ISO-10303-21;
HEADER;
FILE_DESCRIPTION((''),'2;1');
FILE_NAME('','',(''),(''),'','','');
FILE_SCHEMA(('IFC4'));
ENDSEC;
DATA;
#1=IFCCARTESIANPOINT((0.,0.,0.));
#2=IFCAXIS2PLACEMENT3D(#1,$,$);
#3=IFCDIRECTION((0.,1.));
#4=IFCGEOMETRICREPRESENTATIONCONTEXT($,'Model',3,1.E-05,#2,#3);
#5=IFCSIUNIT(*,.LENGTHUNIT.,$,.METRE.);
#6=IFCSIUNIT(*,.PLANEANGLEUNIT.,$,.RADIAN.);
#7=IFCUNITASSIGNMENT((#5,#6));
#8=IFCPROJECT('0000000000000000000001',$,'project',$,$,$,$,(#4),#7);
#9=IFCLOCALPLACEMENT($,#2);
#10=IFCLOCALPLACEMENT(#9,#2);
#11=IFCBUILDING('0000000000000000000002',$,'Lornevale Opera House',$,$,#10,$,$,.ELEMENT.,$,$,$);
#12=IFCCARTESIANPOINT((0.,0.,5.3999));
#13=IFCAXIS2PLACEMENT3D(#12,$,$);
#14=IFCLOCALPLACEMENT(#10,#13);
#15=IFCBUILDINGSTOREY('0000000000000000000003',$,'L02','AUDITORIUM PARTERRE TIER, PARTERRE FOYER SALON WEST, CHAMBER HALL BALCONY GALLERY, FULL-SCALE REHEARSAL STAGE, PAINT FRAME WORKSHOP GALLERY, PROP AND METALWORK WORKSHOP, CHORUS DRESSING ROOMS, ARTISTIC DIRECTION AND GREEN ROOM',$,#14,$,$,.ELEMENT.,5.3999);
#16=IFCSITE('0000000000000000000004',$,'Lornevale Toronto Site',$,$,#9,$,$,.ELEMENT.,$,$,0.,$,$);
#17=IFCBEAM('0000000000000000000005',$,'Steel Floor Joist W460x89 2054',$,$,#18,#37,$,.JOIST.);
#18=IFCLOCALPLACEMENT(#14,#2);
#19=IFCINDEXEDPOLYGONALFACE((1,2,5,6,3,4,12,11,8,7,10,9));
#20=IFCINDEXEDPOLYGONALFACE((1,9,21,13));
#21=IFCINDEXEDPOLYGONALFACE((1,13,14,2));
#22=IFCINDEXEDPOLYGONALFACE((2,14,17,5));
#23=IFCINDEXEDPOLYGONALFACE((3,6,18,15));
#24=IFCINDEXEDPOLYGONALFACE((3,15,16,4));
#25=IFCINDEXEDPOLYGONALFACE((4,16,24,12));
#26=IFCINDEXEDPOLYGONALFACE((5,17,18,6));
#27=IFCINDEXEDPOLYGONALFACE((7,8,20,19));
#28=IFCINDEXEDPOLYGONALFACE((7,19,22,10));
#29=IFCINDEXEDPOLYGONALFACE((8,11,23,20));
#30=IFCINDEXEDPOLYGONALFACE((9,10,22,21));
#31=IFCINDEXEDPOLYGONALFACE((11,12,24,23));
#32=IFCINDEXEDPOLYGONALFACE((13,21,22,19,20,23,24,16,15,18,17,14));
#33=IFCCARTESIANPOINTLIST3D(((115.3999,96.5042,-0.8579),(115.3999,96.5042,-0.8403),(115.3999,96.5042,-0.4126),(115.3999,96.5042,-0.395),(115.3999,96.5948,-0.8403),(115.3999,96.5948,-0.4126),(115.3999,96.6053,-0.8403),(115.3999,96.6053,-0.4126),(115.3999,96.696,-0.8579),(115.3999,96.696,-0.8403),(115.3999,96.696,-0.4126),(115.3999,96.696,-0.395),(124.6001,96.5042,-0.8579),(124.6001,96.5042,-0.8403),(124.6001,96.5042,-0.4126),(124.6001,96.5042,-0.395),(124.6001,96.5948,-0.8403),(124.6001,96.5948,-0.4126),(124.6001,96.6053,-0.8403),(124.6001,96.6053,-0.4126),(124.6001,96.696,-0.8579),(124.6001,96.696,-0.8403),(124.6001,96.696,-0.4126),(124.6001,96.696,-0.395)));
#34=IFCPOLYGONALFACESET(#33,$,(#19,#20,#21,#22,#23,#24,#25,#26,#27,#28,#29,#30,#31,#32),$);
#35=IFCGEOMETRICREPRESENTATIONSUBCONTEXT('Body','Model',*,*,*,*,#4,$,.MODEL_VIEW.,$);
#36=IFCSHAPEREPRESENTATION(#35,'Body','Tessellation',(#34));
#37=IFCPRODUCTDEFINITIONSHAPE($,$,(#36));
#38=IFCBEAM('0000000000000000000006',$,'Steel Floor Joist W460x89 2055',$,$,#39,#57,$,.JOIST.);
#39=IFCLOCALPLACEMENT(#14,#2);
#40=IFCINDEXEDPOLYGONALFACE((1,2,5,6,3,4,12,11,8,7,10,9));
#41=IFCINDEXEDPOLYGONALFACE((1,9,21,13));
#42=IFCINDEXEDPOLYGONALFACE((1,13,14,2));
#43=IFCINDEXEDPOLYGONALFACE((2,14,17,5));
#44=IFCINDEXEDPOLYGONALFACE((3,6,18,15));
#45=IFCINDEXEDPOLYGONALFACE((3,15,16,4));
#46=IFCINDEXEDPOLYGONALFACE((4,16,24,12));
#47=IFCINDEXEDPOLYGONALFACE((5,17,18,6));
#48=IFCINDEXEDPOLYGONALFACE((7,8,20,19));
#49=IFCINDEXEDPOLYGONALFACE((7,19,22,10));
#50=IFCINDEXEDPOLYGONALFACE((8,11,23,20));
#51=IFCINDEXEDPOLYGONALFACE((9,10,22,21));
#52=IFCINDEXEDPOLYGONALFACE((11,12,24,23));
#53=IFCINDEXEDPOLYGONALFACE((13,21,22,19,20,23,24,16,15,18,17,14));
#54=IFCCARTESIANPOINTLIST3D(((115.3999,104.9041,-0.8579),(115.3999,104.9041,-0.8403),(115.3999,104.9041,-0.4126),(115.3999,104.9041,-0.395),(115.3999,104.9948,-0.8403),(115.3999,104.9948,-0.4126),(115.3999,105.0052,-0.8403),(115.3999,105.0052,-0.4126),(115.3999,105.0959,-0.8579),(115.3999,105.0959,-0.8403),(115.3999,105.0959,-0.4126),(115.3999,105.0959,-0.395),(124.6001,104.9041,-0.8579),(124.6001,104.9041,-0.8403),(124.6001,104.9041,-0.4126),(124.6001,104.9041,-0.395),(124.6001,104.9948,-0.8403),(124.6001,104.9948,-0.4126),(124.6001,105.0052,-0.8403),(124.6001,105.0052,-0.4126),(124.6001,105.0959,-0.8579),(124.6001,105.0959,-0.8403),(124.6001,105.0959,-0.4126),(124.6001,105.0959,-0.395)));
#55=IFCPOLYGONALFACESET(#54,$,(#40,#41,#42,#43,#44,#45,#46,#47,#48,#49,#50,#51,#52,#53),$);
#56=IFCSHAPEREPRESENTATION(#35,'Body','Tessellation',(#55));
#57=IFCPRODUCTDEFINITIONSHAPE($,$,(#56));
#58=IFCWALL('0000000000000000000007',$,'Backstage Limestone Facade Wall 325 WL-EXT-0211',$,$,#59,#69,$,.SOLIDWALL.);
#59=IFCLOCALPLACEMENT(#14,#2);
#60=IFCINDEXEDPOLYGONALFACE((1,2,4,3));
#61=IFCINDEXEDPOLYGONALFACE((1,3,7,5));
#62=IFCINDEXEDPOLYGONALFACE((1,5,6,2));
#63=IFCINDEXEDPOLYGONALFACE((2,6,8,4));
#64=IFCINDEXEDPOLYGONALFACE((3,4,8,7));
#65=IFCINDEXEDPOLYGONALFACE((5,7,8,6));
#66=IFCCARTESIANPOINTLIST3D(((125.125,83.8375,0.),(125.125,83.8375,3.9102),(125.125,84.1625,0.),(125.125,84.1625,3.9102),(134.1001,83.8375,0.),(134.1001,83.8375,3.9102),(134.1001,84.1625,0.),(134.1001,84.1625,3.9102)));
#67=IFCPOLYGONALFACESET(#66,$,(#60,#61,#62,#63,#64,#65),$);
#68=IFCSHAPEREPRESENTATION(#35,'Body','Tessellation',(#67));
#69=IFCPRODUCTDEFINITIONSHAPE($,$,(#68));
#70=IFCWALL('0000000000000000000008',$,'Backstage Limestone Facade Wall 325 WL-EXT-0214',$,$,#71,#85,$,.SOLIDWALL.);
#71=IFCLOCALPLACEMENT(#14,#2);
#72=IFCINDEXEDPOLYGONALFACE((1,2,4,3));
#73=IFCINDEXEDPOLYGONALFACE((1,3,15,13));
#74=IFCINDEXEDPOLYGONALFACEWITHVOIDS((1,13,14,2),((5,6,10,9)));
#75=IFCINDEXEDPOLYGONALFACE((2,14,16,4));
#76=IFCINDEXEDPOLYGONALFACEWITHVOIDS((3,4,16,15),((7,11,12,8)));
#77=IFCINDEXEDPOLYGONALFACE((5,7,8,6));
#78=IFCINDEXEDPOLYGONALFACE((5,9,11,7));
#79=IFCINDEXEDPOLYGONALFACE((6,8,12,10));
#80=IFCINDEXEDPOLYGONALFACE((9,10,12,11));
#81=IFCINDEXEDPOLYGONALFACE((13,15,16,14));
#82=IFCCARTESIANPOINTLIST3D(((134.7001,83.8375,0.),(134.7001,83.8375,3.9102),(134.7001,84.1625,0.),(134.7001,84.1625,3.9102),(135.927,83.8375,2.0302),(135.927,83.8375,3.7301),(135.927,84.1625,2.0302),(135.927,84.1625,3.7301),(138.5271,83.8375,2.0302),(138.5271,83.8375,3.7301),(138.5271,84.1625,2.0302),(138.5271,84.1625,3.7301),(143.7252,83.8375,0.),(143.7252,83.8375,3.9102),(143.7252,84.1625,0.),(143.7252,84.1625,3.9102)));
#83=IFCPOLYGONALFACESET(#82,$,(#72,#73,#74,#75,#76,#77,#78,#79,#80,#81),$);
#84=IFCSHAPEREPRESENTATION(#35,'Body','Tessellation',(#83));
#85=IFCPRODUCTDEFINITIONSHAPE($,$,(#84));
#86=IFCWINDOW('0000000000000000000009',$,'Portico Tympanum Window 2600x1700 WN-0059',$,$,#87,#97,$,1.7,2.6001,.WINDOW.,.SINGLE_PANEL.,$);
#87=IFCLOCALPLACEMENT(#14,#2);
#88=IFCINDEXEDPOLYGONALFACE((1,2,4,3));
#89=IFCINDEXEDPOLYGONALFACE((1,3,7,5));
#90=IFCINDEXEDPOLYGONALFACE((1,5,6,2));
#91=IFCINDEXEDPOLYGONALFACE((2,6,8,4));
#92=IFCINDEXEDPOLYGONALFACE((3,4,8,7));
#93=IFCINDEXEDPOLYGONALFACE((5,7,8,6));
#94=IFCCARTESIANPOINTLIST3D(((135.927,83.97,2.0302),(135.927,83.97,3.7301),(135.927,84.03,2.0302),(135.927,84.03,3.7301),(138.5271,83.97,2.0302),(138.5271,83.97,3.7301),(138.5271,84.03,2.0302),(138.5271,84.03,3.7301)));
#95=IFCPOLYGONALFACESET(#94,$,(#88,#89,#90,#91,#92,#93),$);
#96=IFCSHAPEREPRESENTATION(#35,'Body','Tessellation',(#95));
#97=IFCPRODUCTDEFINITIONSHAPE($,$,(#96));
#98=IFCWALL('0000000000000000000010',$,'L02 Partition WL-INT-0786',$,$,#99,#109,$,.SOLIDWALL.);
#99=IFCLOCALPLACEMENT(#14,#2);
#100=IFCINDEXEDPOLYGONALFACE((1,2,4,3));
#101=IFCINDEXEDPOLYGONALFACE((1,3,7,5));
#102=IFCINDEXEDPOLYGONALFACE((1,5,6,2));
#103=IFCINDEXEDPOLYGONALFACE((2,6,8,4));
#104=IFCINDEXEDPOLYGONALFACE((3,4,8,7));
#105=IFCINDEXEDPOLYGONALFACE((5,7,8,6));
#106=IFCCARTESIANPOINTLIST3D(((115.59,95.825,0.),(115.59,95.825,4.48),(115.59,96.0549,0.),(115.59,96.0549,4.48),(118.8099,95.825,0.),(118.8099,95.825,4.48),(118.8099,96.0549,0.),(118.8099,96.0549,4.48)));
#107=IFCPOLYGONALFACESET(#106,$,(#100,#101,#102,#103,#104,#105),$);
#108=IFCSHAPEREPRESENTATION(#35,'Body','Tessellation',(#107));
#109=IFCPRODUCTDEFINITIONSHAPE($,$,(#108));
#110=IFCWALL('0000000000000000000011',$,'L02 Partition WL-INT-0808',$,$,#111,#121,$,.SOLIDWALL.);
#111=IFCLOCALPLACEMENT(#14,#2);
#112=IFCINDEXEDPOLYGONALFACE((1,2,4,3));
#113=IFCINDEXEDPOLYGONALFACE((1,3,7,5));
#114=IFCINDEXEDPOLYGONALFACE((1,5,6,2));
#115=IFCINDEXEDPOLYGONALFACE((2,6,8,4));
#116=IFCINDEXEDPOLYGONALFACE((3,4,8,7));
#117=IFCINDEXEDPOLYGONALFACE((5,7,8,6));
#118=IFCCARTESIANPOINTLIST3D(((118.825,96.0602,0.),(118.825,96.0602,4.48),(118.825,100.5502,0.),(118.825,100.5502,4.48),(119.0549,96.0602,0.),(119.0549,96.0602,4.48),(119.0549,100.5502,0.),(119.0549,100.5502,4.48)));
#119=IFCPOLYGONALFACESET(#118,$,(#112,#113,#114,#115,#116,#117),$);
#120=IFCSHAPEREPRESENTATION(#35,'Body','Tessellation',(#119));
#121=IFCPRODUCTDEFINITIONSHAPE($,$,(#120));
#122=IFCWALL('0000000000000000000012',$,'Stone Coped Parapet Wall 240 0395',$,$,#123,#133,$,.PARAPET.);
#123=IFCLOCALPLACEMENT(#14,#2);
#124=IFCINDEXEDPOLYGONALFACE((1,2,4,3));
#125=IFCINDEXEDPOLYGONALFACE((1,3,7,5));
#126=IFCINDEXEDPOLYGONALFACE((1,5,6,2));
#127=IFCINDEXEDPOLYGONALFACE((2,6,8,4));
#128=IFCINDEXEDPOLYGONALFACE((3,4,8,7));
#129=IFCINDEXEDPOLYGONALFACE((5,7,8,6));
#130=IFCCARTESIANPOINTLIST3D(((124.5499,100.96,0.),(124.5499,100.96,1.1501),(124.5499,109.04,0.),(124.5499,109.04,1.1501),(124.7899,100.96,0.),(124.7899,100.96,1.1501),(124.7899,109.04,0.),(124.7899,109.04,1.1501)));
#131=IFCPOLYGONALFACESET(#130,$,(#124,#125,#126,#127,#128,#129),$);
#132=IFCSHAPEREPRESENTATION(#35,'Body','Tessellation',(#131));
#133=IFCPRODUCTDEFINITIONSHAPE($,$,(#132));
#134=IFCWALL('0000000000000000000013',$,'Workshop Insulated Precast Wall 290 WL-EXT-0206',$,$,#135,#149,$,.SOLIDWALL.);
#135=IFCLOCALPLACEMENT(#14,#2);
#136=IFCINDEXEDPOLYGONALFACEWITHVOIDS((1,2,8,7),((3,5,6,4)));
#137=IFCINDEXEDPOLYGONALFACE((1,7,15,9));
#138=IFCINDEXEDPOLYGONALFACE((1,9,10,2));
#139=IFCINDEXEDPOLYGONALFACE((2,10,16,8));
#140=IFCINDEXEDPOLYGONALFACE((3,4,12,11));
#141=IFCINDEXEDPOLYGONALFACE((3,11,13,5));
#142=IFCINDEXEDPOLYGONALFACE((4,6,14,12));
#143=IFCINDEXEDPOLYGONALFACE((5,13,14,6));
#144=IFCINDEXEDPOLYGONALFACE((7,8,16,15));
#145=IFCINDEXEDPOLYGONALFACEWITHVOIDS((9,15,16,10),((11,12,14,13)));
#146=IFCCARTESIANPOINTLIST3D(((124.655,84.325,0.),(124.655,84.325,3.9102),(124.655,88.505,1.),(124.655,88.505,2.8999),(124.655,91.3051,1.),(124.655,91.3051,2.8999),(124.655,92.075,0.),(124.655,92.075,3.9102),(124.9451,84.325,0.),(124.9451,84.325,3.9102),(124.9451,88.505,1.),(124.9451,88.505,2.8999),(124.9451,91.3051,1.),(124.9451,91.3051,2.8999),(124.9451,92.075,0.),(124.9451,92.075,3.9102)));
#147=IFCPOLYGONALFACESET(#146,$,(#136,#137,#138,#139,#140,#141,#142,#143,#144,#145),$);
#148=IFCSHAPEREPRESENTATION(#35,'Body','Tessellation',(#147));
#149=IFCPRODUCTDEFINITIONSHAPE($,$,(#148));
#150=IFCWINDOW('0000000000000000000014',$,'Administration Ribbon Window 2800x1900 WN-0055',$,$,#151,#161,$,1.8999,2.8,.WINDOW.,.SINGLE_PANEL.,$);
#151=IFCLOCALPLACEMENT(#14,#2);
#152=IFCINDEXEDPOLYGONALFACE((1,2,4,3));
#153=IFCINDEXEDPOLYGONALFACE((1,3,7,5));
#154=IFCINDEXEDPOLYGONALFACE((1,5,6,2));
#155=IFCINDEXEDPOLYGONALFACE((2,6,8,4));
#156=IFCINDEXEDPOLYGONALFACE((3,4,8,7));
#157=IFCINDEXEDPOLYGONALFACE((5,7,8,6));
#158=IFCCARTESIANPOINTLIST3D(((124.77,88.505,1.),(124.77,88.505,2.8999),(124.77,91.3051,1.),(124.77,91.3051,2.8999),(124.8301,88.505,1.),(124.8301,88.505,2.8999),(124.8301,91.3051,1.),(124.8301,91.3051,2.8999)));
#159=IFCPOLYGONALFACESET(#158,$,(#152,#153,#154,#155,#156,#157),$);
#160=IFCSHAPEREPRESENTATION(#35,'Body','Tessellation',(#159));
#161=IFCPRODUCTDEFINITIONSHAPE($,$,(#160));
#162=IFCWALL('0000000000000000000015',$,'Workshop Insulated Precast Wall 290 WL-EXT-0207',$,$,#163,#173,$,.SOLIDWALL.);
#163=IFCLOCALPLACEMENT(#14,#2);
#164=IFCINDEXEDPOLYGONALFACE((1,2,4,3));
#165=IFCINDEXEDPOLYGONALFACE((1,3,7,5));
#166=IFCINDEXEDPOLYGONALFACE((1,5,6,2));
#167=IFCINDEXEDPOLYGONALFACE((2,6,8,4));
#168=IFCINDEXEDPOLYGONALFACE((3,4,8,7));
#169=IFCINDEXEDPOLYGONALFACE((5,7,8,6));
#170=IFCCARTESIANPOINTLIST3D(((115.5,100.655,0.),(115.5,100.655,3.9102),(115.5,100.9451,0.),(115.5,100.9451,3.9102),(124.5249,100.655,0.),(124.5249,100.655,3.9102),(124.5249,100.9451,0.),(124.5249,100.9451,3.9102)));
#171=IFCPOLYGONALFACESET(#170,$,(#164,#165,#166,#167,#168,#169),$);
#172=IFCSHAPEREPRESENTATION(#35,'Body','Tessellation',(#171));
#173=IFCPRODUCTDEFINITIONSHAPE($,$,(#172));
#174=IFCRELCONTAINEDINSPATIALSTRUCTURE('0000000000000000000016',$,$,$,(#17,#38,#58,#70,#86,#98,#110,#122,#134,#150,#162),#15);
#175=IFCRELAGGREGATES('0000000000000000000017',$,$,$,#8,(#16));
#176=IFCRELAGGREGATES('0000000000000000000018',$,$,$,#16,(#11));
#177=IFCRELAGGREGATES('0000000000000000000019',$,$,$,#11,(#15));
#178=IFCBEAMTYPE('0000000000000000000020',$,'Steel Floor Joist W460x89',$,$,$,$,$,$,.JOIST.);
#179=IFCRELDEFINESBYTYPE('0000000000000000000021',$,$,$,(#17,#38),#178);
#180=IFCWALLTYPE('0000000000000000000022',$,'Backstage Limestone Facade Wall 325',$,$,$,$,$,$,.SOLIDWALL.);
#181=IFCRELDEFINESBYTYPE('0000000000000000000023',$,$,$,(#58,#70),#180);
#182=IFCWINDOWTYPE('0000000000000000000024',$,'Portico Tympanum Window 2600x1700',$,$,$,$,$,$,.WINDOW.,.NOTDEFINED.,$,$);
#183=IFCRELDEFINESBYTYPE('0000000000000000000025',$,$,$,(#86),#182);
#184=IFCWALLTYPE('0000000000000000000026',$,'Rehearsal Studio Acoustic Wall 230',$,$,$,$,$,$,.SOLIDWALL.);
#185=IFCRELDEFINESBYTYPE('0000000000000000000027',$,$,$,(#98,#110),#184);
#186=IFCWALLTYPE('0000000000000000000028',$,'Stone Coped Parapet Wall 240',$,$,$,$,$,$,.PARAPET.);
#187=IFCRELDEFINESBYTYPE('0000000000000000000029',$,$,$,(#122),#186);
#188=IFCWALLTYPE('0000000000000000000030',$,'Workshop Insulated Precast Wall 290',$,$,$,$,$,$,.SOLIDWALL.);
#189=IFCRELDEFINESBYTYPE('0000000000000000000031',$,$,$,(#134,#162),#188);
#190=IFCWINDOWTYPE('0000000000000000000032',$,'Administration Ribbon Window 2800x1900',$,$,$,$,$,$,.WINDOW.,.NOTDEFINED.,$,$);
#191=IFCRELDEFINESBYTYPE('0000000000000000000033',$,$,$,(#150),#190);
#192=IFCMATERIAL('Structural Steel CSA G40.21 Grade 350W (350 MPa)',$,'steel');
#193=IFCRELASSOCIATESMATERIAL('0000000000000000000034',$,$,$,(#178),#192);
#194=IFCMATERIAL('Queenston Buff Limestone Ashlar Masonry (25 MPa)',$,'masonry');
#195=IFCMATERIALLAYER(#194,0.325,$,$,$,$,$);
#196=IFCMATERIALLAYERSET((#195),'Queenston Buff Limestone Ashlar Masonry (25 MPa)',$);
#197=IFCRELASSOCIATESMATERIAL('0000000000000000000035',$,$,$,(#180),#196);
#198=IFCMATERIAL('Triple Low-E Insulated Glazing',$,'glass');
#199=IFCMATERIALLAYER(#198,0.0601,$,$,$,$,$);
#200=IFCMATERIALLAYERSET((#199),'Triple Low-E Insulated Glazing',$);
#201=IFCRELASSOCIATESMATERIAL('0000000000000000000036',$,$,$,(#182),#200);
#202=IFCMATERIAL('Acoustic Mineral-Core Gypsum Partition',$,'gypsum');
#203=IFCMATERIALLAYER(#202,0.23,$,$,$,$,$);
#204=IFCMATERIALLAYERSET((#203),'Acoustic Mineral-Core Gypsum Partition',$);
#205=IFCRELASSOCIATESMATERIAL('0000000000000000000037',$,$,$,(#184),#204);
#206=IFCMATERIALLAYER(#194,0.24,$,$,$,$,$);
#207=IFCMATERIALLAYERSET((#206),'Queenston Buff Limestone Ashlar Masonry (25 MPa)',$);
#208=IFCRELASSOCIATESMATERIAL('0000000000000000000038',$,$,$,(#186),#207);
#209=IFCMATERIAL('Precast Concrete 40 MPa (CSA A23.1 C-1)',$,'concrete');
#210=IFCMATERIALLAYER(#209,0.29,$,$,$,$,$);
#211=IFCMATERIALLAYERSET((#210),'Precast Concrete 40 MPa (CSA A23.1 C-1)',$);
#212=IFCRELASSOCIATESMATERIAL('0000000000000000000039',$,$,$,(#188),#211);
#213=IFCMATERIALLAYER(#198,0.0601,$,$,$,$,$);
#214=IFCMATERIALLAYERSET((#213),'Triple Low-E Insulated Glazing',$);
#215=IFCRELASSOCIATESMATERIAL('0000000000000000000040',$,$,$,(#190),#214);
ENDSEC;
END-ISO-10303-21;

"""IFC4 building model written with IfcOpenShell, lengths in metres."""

from ifc_helpers import new_model, si_unit, direction, frame, frame_2d, origin, origin_2d, place, context, subcontext, project, spatial, rectangle, i_section, extrude, material, layer, layer_set, material_profile, profile_set, type_object, element, fill, save


model = new_model("IFC4")

# Units and contexts
model_context = context("Model", 3, precision=1e-05, world=origin(), true_north=direction((0.0, 1.0)))
body_context = subcontext(model_context, "Body", "Model", "MODEL_VIEW")
ifc_project = project(units=[si_unit("LENGTHUNIT", "METRE"), si_unit("PLANEANGLEUNIT", "RADIAN")], contexts=[model_context])

# Site, building, storey
site_placement = place(None, origin())
site = spatial("IfcSite", under=ifc_project, at=site_placement, Name="Lornevale Toronto Site", CompositionType="ELEMENT", RefElevation=0.0)
building_placement = place(site_placement, origin())
building = spatial("IfcBuilding", under=site, at=building_placement, Name="Lornevale Opera House", CompositionType="ELEMENT")
storey_placement = place(building_placement, frame((0.0, 0.0, 5.3999)))
storey = spatial("IfcBuildingStorey", under=building, at=storey_placement, Name="L02", Description="AUDITORIUM PARTERRE TIER, PARTERRE FOYER SALON WEST, CHAMBER HALL BALCONY GALLERY, FULL-SCALE REHEARSAL STAGE, PAINT FRAME WORKSHOP GALLERY, PROP AND METALWORK WORKSHOP, CHORUS DRESSING ROOMS, ARTISTIC DIRECTION AND GREEN ROOM", CompositionType="ELEMENT", Elevation=5.3999)

# Beams
ifc_material_1 = material(Name="Structural Steel CSA G40.21 Grade 350W (350 MPa)", Category="steel")
ifc_material_profile_1 = material_profile(ifc_material_1, i_section(OverallWidth=0.1919, OverallDepth=0.4629, WebThickness=0.0105, FlangeThickness=0.0176, at=origin_2d()), Name="W460x89")
ifc_profile_set_1 = profile_set([ifc_material_profile_1], Name="Structural Steel CSA G40.21 Grade 350W (350 MPa)")
beam_type_1 = type_object("IfcBeamType", Name="Steel Floor Joist W460x89", PredefinedType="JOIST", material=ifc_profile_set_1)
for number, where, z_axis, x_axis, name in (
    (1, (115.3999, 96.6001, -0.6265), (1.0, 0.0, 0.0), (0.0, 1.0, 0.0), "Steel Floor Joist W460x89 2054"),
    (2, (115.3999, 105.0, -0.6265), (1.0, 0.0, 0.0), (0.0, 1.0, 0.0), "Steel Floor Joist W460x89 2055"),
):
    element("IfcBeam", number, at=place(storey_placement, frame(where, z_axis=z_axis, x_axis=x_axis)), inside=storey, type_object=beam_type_1, Name=name, PredefinedType="JOIST", context=body_context, shape_type="SweptSolid", body=[
        extrude(i_section(OverallWidth=0.1919, OverallDepth=0.4629, WebThickness=0.0105, FlangeThickness=0.0176, at=origin_2d()), origin(), (0.0, 0.0, 1.0), 9.2002),
    ])

# Wall
ifc_material_2 = material(Name="Queenston Buff Limestone Ashlar Masonry (25 MPa)", Category="masonry")
ifc_layer_1 = layer(ifc_material_2, 0.325)
ifc_layer_set_1 = layer_set([ifc_layer_1], Name="Queenston Buff Limestone Ashlar Masonry (25 MPa)")
wall_type_1 = type_object("IfcWallType", Name="Backstage Limestone Facade Wall 325", PredefinedType="SOLIDWALL", material=ifc_layer_set_1)
wall_1_placement = place(storey_placement, frame((125.125, 84.0, 0.0), z_axis=(0.0, 0.0, 1.0), x_axis=(1.0, 0.0, 0.0)))
element("IfcWall", 3, at=wall_1_placement, inside=storey, type_object=wall_type_1, Name="Backstage Limestone Facade Wall 325 WL-EXT-0211", PredefinedType="SOLIDWALL", context=body_context, shape_type="SweptSolid", body=[
    extrude(rectangle(XDim=8.9751, YDim=0.325, at=frame_2d((4.4875, 0.0))), origin(), (0.0, 0.0, 1.0), 3.9102),
])

# Wall, opening, window
wall_2_placement = place(storey_placement, frame((134.7, 84.0, 0.0), z_axis=(0.0, 0.0, 1.0), x_axis=(1.0, 0.0, 0.0)))
wall_2 = element("IfcWall", 4, at=wall_2_placement, inside=storey, type_object=wall_type_1, Name="Backstage Limestone Facade Wall 325 WL-EXT-0214", PredefinedType="SOLIDWALL", context=body_context, shape_type="SweptSolid", body=[
    extrude(rectangle(XDim=9.0251, YDim=0.325, at=frame_2d((4.5127, 0.0))), origin(), (0.0, 0.0, 1.0), 3.9102),
])
opening_1_placement = place(wall_2_placement, frame((1.2271, 0.0, 2.03)))
opening_1 = element("IfcOpeningElement", 5, at=opening_1_placement, cuts=wall_2, PredefinedType="OPENING", context=body_context, shape_type="SweptSolid", body=[
    extrude(rectangle(XDim=2.6001, YDim=1.7, at=frame_2d((1.3, 0.8501))), frame((0.0, 0.1724, 0.0), z_axis=(0.0, -1.0, 0.0), x_axis=(1.0, 0.0, 0.0)), (0.0, 0.0, 1.0), 0.345),
])
ifc_material_3 = material(Name="Triple Low-E Insulated Glazing", Category="glass")
ifc_layer_2 = layer(ifc_material_3, 0.0601)
ifc_layer_set_2 = layer_set([ifc_layer_2], Name="Triple Low-E Insulated Glazing")
window_type_1 = type_object("IfcWindowType", Name="Portico Tympanum Window 2600x1700", PartitioningType="NOTDEFINED", PredefinedType="WINDOW", material=ifc_layer_set_2)
window_1_placement = place(opening_1_placement, origin())
window_1 = element("IfcWindow", 6, at=window_1_placement, inside=storey, type_object=window_type_1, Name="Portico Tympanum Window 2600x1700 WN-0059", OverallHeight=1.7, OverallWidth=2.6001, PartitioningType="SINGLE_PANEL", PredefinedType="WINDOW", context=body_context, shape_type="SweptSolid", body=[
    extrude(rectangle(XDim=2.6001, YDim=1.7, at=frame_2d((1.3, 0.8501))), frame((0.0, 0.03, 0.0), z_axis=(0.0, -1.0, 0.0), x_axis=(1.0, 0.0, 0.0)), (0.0, 0.0, 1.0), 0.0601),
])
fill(opening_1, window_1)

# Walls
ifc_material_4 = material(Name="Acoustic Mineral-Core Gypsum Partition", Category="gypsum")
ifc_layer_3 = layer(ifc_material_4, 0.23)
ifc_layer_set_3 = layer_set([ifc_layer_3], Name="Acoustic Mineral-Core Gypsum Partition")
wall_type_2 = type_object("IfcWallType", Name="Rehearsal Studio Acoustic Wall 230", PredefinedType="SOLIDWALL", material=ifc_layer_set_3)
wall_3_placement = place(storey_placement, frame((115.5901, 95.9399, 0.0), z_axis=(0.0, 0.0, 1.0), x_axis=(1.0, 0.0, 0.0)))
element("IfcWall", 7, at=wall_3_placement, inside=storey, type_object=wall_type_2, Name="L02 Partition WL-INT-0786", PredefinedType="SOLIDWALL", context=body_context, shape_type="SweptSolid", body=[
    extrude(rectangle(XDim=3.22, YDim=0.23, at=frame_2d((1.6099, 0.0))), origin(), (0.0, 0.0, 1.0), 4.48),
])
wall_4_placement = place(storey_placement, frame((118.9399, 96.0601, 0.0), z_axis=(0.0, 0.0, 1.0), x_axis=(0.0, 1.0, 0.0)))
element("IfcWall", 8, at=wall_4_placement, inside=storey, type_object=wall_type_2, Name="L02 Partition WL-INT-0808", PredefinedType="SOLIDWALL", context=body_context, shape_type="SweptSolid", body=[
    extrude(rectangle(XDim=4.49, YDim=0.23, at=frame_2d((2.2451, 0.0))), origin(), (0.0, 0.0, 1.0), 4.48),
])
ifc_layer_4 = layer(ifc_material_2, 0.24)
ifc_layer_set_4 = layer_set([ifc_layer_4], Name="Queenston Buff Limestone Ashlar Masonry (25 MPa)")
wall_type_3 = type_object("IfcWallType", Name="Stone Coped Parapet Wall 240", PredefinedType="PARAPET", material=ifc_layer_set_4)
wall_5_placement = place(storey_placement, frame((124.6699, 109.04, 0.0), z_axis=(0.0, 0.0, 1.0), x_axis=(0.0, -1.0, 0.0)))
element("IfcWall", 9, at=wall_5_placement, inside=storey, type_object=wall_type_3, Name="Stone Coped Parapet Wall 240 0395", PredefinedType="PARAPET", context=body_context, shape_type="SweptSolid", body=[
    extrude(rectangle(XDim=8.0801, YDim=0.24, at=frame_2d((4.04, 0.0))), origin(), (0.0, 0.0, 1.0), 1.1501),
])

# Wall, opening, window
ifc_material_5 = material(Name="Precast Concrete 40 MPa (CSA A23.1 C-1)", Category="concrete")
ifc_layer_5 = layer(ifc_material_5, 0.29)
ifc_layer_set_5 = layer_set([ifc_layer_5], Name="Precast Concrete 40 MPa (CSA A23.1 C-1)")
wall_type_4 = type_object("IfcWallType", Name="Workshop Insulated Precast Wall 290", PredefinedType="SOLIDWALL", material=ifc_layer_set_5)
wall_6_placement = place(storey_placement, frame((124.8, 92.075, 0.0), z_axis=(0.0, 0.0, 1.0), x_axis=(0.0, -1.0, 0.0)))
wall_6 = element("IfcWall", 10, at=wall_6_placement, inside=storey, type_object=wall_type_4, Name="Workshop Insulated Precast Wall 290 WL-EXT-0206", PredefinedType="SOLIDWALL", context=body_context, shape_type="SweptSolid", body=[
    extrude(rectangle(XDim=7.75, YDim=0.29, at=frame_2d((3.875, 0.0))), origin(), (0.0, 0.0, 1.0), 3.9102),
])
opening_2_placement = place(wall_6_placement, frame((0.77, 0.0, 1.0)))
opening_2 = element("IfcOpeningElement", 11, at=opening_2_placement, cuts=wall_6, PredefinedType="OPENING", context=body_context, shape_type="SweptSolid", body=[
    extrude(rectangle(XDim=2.8, YDim=1.8999, at=frame_2d((1.3999, 0.95))), frame((0.0, 0.155, 0.0), z_axis=(0.0, -1.0, 0.0), x_axis=(1.0, 0.0, 0.0)), (0.0, 0.0, 1.0), 0.3101),
])
ifc_layer_6 = layer(ifc_material_3, 0.0601)
ifc_layer_set_6 = layer_set([ifc_layer_6], Name="Triple Low-E Insulated Glazing")
window_type_2 = type_object("IfcWindowType", Name="Administration Ribbon Window 2800x1900", PartitioningType="NOTDEFINED", PredefinedType="WINDOW", material=ifc_layer_set_6)
window_2_placement = place(opening_2_placement, origin())
window_2 = element("IfcWindow", 12, at=window_2_placement, inside=storey, type_object=window_type_2, Name="Administration Ribbon Window 2800x1900 WN-0055", OverallHeight=1.8999, OverallWidth=2.8, PartitioningType="SINGLE_PANEL", PredefinedType="WINDOW", context=body_context, shape_type="SweptSolid", body=[
    extrude(rectangle(XDim=2.8, YDim=1.8999, at=frame_2d((1.3999, 0.95))), frame((0.0, 0.03, 0.0), z_axis=(0.0, -1.0, 0.0), x_axis=(1.0, 0.0, 0.0)), (0.0, 0.0, 1.0), 0.0601),
])
fill(opening_2, window_2)

# Wall
wall_7_placement = place(storey_placement, frame((115.5, 100.8, 0.0), z_axis=(0.0, 0.0, 1.0), x_axis=(1.0, 0.0, 0.0)))
element("IfcWall", 13, at=wall_7_placement, inside=storey, type_object=wall_type_4, Name="Workshop Insulated Precast Wall 290 WL-EXT-0207", PredefinedType="SOLIDWALL", context=body_context, shape_type="SweptSolid", body=[
    extrude(rectangle(XDim=9.0249, YDim=0.29, at=frame_2d((4.5125, 0.0))), origin(), (0.0, 0.0, 1.0), 3.9102),
])

save(model, "model.ifc")
